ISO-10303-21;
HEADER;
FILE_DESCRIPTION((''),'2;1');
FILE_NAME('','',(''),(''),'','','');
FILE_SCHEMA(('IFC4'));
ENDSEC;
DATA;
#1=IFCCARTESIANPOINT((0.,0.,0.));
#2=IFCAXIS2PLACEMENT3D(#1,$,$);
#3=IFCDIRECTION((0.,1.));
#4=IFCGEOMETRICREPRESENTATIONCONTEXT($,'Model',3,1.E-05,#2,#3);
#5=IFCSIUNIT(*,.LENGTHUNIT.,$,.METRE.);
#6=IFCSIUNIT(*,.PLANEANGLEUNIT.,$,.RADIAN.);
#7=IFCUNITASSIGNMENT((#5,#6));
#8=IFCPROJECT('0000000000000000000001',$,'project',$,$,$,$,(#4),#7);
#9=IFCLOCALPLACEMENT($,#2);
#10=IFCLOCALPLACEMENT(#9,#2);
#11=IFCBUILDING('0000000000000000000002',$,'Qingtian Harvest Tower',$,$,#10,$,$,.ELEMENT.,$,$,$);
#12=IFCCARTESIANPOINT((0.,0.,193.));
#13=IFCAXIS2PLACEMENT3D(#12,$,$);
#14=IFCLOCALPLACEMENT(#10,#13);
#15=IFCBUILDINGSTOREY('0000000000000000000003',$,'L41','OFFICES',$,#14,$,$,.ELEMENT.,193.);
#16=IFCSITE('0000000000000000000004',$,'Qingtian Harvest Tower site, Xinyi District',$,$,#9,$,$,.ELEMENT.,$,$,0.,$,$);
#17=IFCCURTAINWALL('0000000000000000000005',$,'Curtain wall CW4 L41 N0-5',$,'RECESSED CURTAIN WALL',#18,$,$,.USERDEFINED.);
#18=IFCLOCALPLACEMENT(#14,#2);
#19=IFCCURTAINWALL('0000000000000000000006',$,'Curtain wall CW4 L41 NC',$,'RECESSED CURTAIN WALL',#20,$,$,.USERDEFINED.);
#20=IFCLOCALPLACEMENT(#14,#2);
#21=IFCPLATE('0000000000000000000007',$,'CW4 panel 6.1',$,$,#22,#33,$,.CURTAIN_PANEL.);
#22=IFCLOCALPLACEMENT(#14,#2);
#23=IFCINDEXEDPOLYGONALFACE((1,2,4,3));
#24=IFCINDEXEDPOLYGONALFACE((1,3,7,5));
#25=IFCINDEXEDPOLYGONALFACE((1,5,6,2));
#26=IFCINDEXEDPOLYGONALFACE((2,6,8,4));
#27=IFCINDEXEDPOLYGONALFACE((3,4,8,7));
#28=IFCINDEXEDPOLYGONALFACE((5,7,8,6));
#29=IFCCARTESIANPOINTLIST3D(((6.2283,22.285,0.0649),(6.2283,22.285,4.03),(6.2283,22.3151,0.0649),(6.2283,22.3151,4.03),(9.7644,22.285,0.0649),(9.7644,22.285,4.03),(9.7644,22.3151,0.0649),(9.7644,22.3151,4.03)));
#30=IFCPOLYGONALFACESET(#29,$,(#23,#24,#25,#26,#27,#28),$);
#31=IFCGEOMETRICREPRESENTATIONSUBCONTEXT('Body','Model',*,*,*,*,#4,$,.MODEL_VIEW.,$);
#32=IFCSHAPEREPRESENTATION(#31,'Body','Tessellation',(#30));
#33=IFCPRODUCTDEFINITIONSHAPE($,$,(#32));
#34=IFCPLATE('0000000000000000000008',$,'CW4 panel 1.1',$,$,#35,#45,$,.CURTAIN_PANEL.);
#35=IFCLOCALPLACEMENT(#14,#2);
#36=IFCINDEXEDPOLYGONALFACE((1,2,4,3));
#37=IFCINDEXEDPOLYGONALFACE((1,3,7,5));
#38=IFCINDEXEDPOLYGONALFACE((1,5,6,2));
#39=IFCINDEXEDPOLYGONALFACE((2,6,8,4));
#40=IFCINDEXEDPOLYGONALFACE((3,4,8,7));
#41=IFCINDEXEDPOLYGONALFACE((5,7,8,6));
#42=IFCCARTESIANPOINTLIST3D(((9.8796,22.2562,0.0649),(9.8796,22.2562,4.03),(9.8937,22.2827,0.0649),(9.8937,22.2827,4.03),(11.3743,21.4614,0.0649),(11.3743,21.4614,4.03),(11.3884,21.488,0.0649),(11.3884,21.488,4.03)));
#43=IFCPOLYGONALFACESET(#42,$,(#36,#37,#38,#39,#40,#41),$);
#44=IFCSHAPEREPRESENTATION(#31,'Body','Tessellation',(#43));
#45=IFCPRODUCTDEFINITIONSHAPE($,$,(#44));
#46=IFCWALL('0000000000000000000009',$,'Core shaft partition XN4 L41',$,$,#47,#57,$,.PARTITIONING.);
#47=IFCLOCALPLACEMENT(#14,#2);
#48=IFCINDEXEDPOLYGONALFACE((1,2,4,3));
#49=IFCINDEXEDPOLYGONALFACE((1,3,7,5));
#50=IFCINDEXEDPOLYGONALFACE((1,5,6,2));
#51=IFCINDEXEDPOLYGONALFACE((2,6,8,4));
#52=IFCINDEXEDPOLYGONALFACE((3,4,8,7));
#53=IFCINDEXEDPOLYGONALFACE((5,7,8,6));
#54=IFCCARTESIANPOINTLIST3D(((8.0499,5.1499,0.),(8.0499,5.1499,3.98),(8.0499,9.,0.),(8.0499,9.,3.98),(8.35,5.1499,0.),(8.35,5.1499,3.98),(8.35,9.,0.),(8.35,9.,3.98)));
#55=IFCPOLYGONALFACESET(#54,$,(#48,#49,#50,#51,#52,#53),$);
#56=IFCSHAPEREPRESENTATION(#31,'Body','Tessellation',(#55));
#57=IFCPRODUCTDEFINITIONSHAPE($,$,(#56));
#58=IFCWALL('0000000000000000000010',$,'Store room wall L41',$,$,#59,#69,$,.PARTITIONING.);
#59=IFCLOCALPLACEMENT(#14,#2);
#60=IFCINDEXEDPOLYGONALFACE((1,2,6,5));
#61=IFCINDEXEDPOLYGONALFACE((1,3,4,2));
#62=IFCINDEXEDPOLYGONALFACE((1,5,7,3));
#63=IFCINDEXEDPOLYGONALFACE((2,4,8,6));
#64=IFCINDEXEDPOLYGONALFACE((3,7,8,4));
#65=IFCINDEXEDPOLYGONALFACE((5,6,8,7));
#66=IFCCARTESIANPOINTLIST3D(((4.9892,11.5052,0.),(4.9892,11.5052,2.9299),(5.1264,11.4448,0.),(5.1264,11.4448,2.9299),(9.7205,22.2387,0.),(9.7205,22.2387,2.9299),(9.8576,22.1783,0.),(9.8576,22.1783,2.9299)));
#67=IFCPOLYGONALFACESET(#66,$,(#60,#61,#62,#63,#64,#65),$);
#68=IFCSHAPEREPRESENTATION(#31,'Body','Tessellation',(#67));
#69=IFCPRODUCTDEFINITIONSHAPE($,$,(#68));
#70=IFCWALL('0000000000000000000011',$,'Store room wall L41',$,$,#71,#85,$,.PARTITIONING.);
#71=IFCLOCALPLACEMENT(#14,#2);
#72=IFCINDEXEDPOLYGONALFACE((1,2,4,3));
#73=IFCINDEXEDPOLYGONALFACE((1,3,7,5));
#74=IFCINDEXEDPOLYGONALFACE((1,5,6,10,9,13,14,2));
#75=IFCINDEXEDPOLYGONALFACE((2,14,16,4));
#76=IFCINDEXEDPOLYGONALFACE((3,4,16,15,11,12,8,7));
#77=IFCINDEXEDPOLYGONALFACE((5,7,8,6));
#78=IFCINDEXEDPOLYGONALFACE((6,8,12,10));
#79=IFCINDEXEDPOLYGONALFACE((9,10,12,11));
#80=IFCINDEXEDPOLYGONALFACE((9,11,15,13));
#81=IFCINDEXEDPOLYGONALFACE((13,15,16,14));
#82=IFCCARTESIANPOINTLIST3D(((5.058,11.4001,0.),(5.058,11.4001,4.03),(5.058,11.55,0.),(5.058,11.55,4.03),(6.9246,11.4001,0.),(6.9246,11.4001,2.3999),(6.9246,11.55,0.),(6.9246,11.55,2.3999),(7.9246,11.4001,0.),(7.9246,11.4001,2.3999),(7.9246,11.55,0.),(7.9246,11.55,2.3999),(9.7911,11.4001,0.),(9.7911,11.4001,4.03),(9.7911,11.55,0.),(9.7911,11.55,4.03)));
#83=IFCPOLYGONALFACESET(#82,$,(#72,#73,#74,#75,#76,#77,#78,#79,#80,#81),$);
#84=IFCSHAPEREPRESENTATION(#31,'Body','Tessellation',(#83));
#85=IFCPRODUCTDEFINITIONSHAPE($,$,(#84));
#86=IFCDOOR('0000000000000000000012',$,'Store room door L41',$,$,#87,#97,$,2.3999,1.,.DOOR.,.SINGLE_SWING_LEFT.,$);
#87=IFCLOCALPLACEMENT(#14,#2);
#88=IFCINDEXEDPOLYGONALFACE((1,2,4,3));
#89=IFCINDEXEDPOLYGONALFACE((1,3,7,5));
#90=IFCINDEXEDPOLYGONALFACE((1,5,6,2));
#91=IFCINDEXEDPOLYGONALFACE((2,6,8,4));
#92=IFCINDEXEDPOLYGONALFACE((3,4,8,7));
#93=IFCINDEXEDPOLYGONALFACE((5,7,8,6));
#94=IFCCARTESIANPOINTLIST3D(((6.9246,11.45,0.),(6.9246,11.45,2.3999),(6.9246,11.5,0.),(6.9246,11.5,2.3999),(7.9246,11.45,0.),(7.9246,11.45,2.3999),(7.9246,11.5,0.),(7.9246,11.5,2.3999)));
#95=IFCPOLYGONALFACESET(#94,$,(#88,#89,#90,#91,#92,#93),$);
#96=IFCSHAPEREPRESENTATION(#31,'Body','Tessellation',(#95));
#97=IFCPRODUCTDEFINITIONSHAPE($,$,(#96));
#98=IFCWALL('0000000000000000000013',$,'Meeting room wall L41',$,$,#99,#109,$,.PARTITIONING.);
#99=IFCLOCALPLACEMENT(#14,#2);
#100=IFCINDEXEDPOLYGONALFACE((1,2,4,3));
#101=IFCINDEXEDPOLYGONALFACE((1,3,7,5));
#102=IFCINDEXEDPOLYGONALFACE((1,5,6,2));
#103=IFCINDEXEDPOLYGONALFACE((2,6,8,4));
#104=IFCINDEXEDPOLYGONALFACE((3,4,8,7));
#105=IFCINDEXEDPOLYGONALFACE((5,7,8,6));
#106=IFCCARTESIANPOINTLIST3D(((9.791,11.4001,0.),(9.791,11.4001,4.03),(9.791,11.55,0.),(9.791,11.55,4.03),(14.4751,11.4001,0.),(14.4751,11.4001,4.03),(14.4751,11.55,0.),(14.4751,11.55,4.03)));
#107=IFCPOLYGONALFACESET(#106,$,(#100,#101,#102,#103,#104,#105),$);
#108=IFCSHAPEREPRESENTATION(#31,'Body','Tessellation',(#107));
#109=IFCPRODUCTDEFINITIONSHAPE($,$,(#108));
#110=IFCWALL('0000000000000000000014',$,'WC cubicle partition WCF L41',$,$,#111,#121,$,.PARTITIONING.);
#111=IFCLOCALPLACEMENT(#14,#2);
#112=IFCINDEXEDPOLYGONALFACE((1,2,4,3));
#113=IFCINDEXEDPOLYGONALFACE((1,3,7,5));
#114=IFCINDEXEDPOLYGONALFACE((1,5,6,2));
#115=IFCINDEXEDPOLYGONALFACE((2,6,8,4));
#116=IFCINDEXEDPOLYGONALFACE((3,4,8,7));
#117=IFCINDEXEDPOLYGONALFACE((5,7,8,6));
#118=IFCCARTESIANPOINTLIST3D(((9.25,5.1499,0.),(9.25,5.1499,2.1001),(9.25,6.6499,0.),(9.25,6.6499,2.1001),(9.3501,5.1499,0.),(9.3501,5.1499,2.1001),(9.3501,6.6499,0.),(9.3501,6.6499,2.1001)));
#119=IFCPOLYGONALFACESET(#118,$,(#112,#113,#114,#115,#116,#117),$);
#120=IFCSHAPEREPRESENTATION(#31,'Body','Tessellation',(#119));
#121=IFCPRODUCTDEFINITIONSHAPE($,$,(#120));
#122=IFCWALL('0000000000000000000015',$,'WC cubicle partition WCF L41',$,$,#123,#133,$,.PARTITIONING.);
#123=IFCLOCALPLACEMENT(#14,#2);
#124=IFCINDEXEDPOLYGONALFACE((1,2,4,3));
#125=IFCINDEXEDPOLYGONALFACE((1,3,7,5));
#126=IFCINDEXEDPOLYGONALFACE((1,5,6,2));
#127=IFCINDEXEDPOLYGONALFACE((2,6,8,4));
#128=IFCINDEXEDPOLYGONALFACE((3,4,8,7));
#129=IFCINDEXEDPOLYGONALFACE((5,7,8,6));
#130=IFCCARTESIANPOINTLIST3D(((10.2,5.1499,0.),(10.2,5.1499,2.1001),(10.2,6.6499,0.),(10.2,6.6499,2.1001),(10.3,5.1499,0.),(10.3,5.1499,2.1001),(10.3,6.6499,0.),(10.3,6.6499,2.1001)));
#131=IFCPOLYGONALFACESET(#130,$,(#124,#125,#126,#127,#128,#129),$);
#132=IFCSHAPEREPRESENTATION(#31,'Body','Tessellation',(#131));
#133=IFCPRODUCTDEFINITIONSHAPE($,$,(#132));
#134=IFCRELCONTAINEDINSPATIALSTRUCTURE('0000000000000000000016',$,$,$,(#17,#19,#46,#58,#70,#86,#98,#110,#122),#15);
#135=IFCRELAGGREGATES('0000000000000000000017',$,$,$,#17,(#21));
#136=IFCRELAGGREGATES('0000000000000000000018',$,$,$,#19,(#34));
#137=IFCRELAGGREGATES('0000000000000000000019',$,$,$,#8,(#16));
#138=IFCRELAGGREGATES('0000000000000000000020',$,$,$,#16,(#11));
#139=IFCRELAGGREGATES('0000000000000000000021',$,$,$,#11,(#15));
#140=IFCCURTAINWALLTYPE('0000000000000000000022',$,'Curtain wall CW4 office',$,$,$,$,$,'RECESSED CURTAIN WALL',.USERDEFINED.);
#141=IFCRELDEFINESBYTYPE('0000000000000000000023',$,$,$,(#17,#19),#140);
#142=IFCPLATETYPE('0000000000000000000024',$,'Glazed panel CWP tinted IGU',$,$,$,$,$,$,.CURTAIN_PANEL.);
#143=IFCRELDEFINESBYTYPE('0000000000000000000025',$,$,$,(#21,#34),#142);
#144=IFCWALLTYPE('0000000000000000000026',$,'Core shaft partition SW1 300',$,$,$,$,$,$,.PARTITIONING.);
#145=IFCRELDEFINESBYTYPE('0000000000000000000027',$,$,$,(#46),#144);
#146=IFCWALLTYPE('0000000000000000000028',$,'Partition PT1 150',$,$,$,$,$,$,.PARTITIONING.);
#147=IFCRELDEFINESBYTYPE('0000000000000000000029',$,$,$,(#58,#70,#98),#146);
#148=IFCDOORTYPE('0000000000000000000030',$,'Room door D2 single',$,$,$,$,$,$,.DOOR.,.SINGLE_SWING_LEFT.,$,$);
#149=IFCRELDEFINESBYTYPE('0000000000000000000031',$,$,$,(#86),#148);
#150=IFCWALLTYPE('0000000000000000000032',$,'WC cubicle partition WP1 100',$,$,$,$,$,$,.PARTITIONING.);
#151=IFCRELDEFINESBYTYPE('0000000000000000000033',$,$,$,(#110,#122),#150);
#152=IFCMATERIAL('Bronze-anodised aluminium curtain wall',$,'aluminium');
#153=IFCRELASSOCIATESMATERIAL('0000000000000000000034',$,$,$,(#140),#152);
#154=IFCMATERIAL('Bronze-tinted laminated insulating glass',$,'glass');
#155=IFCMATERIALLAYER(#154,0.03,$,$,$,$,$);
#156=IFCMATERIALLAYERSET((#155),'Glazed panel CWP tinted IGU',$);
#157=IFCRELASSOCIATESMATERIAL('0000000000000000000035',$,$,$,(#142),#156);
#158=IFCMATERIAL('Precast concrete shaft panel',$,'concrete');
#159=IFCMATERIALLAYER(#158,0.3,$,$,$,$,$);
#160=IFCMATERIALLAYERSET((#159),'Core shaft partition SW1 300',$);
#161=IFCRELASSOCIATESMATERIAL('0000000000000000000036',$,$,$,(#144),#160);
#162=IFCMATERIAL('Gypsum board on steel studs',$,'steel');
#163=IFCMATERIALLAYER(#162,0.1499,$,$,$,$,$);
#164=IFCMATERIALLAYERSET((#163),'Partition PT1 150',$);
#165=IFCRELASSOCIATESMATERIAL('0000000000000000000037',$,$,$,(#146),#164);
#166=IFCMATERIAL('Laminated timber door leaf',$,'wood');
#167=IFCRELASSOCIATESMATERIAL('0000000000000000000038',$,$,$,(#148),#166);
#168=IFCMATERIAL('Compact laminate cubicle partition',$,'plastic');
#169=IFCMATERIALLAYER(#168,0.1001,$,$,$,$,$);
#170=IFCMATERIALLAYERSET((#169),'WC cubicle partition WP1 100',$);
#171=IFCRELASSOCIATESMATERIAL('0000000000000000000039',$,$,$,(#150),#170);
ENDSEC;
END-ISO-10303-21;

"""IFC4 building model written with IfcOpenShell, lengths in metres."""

from ifc_helpers import new_model, si_unit, direction, frame, frame_2d, origin, origin_2d, place, context, subcontext, project, spatial, rectangle, extrude, material, layer, layer_set, type_object, element, fill, aggregate, save


model = new_model("IFC4")

# Units and contexts
model_context = context("Model", 3, precision=1e-05, world=origin(), true_north=direction((0.0, 1.0)))
body_context = subcontext(model_context, "Body", "Model", "MODEL_VIEW")
ifc_project = project(units=[si_unit("LENGTHUNIT", "METRE"), si_unit("PLANEANGLEUNIT", "RADIAN")], contexts=[model_context])

# Site, building, storey
site_placement = place(None, origin())
site = spatial("IfcSite", under=ifc_project, at=site_placement, Name="Qingtian Harvest Tower site, Xinyi District", CompositionType="ELEMENT", RefElevation=0.0)
building_placement = place(site_placement, origin())
building = spatial("IfcBuilding", under=site, at=building_placement, Name="Qingtian Harvest Tower", CompositionType="ELEMENT")
storey_placement = place(building_placement, frame((0.0, 0.0, 193.0)))
storey = spatial("IfcBuildingStorey", under=building, at=storey_placement, Name="L41", Description="OFFICES", CompositionType="ELEMENT", Elevation=193.0)

# Curtain walls
ifc_material_1 = material(Name="Bronze-anodised aluminium curtain wall", Category="aluminium")
curtain_wall_type = type_object("IfcCurtainWallType", Name="Curtain wall CW4 office", ElementType="RECESSED CURTAIN WALL", PredefinedType="USERDEFINED", material=ifc_material_1)
curtain_wall_1_placement = place(storey_placement, origin())
curtain_wall_1 = element("IfcCurtainWall", 1, at=curtain_wall_1_placement, inside=storey, type_object=curtain_wall_type, Name="Curtain wall CW4 L41 N0-5", ObjectType="RECESSED CURTAIN WALL", PredefinedType="USERDEFINED")
curtain_wall_2_placement = place(storey_placement, origin())
curtain_wall_2 = element("IfcCurtainWall", 2, at=curtain_wall_2_placement, inside=storey, type_object=curtain_wall_type, Name="Curtain wall CW4 L41 NC", ObjectType="RECESSED CURTAIN WALL", PredefinedType="USERDEFINED")

# Plates
ifc_material_2 = material(Name="Bronze-tinted laminated insulating glass", Category="glass")
ifc_layer_1 = layer(ifc_material_2, 0.03)
ifc_layer_set_1 = layer_set([ifc_layer_1], Name="Glazed panel CWP tinted IGU")
plate_type = type_object("IfcPlateType", Name="Glazed panel CWP tinted IGU", PredefinedType="CURTAIN_PANEL", material=ifc_layer_set_1)
plate_1_placement = place(storey_placement, frame((7.9963, 22.3, 0.0649), z_axis=(0.0, 0.0, 1.0), x_axis=(1.0, 0.0, 0.0)))
plate_1 = element("IfcPlate", 3, at=plate_1_placement, type_object=plate_type, Name="CW4 panel 6.1", PredefinedType="CURTAIN_PANEL", context=body_context, shape_type="SweptSolid", body=[
    extrude(rectangle(XDim=3.5361, YDim=0.03, at=origin_2d()), origin(), (0.0, 0.0, 1.0), 3.9651),
])
aggregate(curtain_wall_1, [plate_1])
plate_2_placement = place(storey_placement, frame((10.634, 21.8721, 0.0649), z_axis=(0.0, 0.0, 1.0), x_axis=(0.882948, -0.469472, 0.0)))
plate_2 = element("IfcPlate", 4, at=plate_2_placement, type_object=plate_type, Name="CW4 panel 1.1", PredefinedType="CURTAIN_PANEL", context=body_context, shape_type="SweptSolid", body=[
    extrude(rectangle(XDim=1.6929, YDim=0.03, at=origin_2d()), origin(), (0.0, 0.0, 1.0), 3.9651),
])
aggregate(curtain_wall_2, [plate_2])

# Walls
ifc_material_3 = material(Name="Precast concrete shaft panel", Category="concrete")
ifc_layer_2 = layer(ifc_material_3, 0.3)
ifc_layer_set_2 = layer_set([ifc_layer_2], Name="Core shaft partition SW1 300")
wall_type_1 = type_object("IfcWallType", Name="Core shaft partition SW1 300", PredefinedType="PARTITIONING", material=ifc_layer_set_2)
wall_1_placement = place(storey_placement, frame((8.2, 5.1499, 0.0), z_axis=(0.0, 0.0, 1.0), x_axis=(0.0, 1.0, 0.0)))
element("IfcWall", 5, at=wall_1_placement, inside=storey, type_object=wall_type_1, Name="Core shaft partition XN4 L41", PredefinedType="PARTITIONING", context=body_context, shape_type="SweptSolid", body=[
    extrude(rectangle(XDim=3.8501, YDim=0.3, at=frame_2d((1.925, 0.0))), origin(), (0.0, 0.0, 1.0), 3.98),
])
ifc_material_4 = material(Name="Gypsum board on steel studs", Category="steel")
ifc_layer_3 = layer(ifc_material_4, 0.1499)
ifc_layer_set_3 = layer_set([ifc_layer_3], Name="Partition PT1 150")
wall_type_2 = type_object("IfcWallType", Name="Partition PT1 150", PredefinedType="PARTITIONING", material=ifc_layer_set_3)
wall_2_placement = place(storey_placement, frame((9.7891, 22.2085, 0.0), z_axis=(0.0, 0.0, 1.0), x_axis=(-0.403346, -0.915048, 0.0)))
element("IfcWall", 6, at=wall_2_placement, inside=storey, type_object=wall_type_2, Name="Store room wall L41", PredefinedType="PARTITIONING", context=body_context, shape_type="SweptSolid", body=[
    extrude(rectangle(XDim=11.73, YDim=0.1499, at=frame_2d((5.865, 0.0))), origin(), (0.0, 0.0, 1.0), 2.9299),
])

# Wall, opening, door
wall_3_placement = place(storey_placement, frame((5.0579, 11.4751, 0.0), z_axis=(0.0, 0.0, 1.0), x_axis=(1.0, 0.0, 0.0)))
wall_3 = element("IfcWall", 7, at=wall_3_placement, inside=storey, type_object=wall_type_2, Name="Store room wall L41", PredefinedType="PARTITIONING", context=body_context, shape_type="SweptSolid", body=[
    extrude(rectangle(XDim=4.7332, YDim=0.1499, at=frame_2d((2.3667, 0.0))), origin(), (0.0, 0.0, 1.0), 4.03),
])
opening_placement = place(wall_3_placement, frame((1.8667, 0.0, 0.0)))
opening = element("IfcOpeningElement", 8, at=opening_placement, cuts=wall_3, PredefinedType="OPENING", context=body_context, shape_type="SweptSolid", body=[
    extrude(rectangle(XDim=1.0, YDim=2.3999, at=frame_2d((0.5, 1.2))), frame((0.0, 0.085, 0.0), z_axis=(0.0, -1.0, 0.0), x_axis=(1.0, 0.0, 0.0)), (0.0, 0.0, 1.0), 0.1699),
])
ifc_material_5 = material(Name="Laminated timber door leaf", Category="wood")
door_type = type_object("IfcDoorType", Name="Room door D2 single", OperationType="SINGLE_SWING_LEFT", PredefinedType="DOOR", material=ifc_material_5)
door_placement = place(opening_placement, origin())
door = element("IfcDoor", 9, at=door_placement, inside=storey, type_object=door_type, Name="Store room door L41", OperationType="SINGLE_SWING_LEFT", OverallHeight=2.3999, OverallWidth=1.0, PredefinedType="DOOR", context=body_context, shape_type="SweptSolid", body=[
    extrude(rectangle(XDim=1.0, YDim=2.3999, at=frame_2d((0.5, 1.2))), frame((0.0, 0.0249, 0.0), z_axis=(0.0, -1.0, 0.0), x_axis=(1.0, 0.0, 0.0)), (0.0, 0.0, 1.0), 0.05),
])
fill(opening, door)

# Walls
wall_4_placement = place(storey_placement, frame((9.791, 11.4751, 0.0), z_axis=(0.0, 0.0, 1.0), x_axis=(1.0, 0.0, 0.0)))
element("IfcWall", 10, at=wall_4_placement, inside=storey, type_object=wall_type_2, Name="Meeting room wall L41", PredefinedType="PARTITIONING", context=body_context, shape_type="SweptSolid", body=[
    extrude(rectangle(XDim=4.6841, YDim=0.1499, at=frame_2d((2.342, 0.0))), origin(), (0.0, 0.0, 1.0), 4.03),
])
ifc_material_6 = material(Name="Compact laminate cubicle partition", Category="plastic")
ifc_layer_4 = layer(ifc_material_6, 0.1001)
ifc_layer_set_4 = layer_set([ifc_layer_4], Name="WC cubicle partition WP1 100")
wall_type_3 = type_object("IfcWallType", Name="WC cubicle partition WP1 100", PredefinedType="PARTITIONING", material=ifc_layer_set_4)
for number, where, z_axis, x_axis, name in (
    (11, (9.3, 5.1499, 0.0), (0.0, 0.0, 1.0), (0.0, 1.0, 0.0), "WC cubicle partition WCF L41"),
    (12, (10.25, 5.1499, 0.0), (0.0, 0.0, 1.0), (0.0, 1.0, 0.0), "WC cubicle partition WCF L41"),
):
    element("IfcWall", number, at=place(storey_placement, frame(where, z_axis=z_axis, x_axis=x_axis)), inside=storey, type_object=wall_type_3, Name=name, PredefinedType="PARTITIONING", context=body_context, shape_type="SweptSolid", body=[
        extrude(rectangle(XDim=1.5, YDim=0.1001, at=frame_2d((0.75, 0.0))), origin(), (0.0, 0.0, 1.0), 2.1001),
    ])

save(model, "model.ifc")
